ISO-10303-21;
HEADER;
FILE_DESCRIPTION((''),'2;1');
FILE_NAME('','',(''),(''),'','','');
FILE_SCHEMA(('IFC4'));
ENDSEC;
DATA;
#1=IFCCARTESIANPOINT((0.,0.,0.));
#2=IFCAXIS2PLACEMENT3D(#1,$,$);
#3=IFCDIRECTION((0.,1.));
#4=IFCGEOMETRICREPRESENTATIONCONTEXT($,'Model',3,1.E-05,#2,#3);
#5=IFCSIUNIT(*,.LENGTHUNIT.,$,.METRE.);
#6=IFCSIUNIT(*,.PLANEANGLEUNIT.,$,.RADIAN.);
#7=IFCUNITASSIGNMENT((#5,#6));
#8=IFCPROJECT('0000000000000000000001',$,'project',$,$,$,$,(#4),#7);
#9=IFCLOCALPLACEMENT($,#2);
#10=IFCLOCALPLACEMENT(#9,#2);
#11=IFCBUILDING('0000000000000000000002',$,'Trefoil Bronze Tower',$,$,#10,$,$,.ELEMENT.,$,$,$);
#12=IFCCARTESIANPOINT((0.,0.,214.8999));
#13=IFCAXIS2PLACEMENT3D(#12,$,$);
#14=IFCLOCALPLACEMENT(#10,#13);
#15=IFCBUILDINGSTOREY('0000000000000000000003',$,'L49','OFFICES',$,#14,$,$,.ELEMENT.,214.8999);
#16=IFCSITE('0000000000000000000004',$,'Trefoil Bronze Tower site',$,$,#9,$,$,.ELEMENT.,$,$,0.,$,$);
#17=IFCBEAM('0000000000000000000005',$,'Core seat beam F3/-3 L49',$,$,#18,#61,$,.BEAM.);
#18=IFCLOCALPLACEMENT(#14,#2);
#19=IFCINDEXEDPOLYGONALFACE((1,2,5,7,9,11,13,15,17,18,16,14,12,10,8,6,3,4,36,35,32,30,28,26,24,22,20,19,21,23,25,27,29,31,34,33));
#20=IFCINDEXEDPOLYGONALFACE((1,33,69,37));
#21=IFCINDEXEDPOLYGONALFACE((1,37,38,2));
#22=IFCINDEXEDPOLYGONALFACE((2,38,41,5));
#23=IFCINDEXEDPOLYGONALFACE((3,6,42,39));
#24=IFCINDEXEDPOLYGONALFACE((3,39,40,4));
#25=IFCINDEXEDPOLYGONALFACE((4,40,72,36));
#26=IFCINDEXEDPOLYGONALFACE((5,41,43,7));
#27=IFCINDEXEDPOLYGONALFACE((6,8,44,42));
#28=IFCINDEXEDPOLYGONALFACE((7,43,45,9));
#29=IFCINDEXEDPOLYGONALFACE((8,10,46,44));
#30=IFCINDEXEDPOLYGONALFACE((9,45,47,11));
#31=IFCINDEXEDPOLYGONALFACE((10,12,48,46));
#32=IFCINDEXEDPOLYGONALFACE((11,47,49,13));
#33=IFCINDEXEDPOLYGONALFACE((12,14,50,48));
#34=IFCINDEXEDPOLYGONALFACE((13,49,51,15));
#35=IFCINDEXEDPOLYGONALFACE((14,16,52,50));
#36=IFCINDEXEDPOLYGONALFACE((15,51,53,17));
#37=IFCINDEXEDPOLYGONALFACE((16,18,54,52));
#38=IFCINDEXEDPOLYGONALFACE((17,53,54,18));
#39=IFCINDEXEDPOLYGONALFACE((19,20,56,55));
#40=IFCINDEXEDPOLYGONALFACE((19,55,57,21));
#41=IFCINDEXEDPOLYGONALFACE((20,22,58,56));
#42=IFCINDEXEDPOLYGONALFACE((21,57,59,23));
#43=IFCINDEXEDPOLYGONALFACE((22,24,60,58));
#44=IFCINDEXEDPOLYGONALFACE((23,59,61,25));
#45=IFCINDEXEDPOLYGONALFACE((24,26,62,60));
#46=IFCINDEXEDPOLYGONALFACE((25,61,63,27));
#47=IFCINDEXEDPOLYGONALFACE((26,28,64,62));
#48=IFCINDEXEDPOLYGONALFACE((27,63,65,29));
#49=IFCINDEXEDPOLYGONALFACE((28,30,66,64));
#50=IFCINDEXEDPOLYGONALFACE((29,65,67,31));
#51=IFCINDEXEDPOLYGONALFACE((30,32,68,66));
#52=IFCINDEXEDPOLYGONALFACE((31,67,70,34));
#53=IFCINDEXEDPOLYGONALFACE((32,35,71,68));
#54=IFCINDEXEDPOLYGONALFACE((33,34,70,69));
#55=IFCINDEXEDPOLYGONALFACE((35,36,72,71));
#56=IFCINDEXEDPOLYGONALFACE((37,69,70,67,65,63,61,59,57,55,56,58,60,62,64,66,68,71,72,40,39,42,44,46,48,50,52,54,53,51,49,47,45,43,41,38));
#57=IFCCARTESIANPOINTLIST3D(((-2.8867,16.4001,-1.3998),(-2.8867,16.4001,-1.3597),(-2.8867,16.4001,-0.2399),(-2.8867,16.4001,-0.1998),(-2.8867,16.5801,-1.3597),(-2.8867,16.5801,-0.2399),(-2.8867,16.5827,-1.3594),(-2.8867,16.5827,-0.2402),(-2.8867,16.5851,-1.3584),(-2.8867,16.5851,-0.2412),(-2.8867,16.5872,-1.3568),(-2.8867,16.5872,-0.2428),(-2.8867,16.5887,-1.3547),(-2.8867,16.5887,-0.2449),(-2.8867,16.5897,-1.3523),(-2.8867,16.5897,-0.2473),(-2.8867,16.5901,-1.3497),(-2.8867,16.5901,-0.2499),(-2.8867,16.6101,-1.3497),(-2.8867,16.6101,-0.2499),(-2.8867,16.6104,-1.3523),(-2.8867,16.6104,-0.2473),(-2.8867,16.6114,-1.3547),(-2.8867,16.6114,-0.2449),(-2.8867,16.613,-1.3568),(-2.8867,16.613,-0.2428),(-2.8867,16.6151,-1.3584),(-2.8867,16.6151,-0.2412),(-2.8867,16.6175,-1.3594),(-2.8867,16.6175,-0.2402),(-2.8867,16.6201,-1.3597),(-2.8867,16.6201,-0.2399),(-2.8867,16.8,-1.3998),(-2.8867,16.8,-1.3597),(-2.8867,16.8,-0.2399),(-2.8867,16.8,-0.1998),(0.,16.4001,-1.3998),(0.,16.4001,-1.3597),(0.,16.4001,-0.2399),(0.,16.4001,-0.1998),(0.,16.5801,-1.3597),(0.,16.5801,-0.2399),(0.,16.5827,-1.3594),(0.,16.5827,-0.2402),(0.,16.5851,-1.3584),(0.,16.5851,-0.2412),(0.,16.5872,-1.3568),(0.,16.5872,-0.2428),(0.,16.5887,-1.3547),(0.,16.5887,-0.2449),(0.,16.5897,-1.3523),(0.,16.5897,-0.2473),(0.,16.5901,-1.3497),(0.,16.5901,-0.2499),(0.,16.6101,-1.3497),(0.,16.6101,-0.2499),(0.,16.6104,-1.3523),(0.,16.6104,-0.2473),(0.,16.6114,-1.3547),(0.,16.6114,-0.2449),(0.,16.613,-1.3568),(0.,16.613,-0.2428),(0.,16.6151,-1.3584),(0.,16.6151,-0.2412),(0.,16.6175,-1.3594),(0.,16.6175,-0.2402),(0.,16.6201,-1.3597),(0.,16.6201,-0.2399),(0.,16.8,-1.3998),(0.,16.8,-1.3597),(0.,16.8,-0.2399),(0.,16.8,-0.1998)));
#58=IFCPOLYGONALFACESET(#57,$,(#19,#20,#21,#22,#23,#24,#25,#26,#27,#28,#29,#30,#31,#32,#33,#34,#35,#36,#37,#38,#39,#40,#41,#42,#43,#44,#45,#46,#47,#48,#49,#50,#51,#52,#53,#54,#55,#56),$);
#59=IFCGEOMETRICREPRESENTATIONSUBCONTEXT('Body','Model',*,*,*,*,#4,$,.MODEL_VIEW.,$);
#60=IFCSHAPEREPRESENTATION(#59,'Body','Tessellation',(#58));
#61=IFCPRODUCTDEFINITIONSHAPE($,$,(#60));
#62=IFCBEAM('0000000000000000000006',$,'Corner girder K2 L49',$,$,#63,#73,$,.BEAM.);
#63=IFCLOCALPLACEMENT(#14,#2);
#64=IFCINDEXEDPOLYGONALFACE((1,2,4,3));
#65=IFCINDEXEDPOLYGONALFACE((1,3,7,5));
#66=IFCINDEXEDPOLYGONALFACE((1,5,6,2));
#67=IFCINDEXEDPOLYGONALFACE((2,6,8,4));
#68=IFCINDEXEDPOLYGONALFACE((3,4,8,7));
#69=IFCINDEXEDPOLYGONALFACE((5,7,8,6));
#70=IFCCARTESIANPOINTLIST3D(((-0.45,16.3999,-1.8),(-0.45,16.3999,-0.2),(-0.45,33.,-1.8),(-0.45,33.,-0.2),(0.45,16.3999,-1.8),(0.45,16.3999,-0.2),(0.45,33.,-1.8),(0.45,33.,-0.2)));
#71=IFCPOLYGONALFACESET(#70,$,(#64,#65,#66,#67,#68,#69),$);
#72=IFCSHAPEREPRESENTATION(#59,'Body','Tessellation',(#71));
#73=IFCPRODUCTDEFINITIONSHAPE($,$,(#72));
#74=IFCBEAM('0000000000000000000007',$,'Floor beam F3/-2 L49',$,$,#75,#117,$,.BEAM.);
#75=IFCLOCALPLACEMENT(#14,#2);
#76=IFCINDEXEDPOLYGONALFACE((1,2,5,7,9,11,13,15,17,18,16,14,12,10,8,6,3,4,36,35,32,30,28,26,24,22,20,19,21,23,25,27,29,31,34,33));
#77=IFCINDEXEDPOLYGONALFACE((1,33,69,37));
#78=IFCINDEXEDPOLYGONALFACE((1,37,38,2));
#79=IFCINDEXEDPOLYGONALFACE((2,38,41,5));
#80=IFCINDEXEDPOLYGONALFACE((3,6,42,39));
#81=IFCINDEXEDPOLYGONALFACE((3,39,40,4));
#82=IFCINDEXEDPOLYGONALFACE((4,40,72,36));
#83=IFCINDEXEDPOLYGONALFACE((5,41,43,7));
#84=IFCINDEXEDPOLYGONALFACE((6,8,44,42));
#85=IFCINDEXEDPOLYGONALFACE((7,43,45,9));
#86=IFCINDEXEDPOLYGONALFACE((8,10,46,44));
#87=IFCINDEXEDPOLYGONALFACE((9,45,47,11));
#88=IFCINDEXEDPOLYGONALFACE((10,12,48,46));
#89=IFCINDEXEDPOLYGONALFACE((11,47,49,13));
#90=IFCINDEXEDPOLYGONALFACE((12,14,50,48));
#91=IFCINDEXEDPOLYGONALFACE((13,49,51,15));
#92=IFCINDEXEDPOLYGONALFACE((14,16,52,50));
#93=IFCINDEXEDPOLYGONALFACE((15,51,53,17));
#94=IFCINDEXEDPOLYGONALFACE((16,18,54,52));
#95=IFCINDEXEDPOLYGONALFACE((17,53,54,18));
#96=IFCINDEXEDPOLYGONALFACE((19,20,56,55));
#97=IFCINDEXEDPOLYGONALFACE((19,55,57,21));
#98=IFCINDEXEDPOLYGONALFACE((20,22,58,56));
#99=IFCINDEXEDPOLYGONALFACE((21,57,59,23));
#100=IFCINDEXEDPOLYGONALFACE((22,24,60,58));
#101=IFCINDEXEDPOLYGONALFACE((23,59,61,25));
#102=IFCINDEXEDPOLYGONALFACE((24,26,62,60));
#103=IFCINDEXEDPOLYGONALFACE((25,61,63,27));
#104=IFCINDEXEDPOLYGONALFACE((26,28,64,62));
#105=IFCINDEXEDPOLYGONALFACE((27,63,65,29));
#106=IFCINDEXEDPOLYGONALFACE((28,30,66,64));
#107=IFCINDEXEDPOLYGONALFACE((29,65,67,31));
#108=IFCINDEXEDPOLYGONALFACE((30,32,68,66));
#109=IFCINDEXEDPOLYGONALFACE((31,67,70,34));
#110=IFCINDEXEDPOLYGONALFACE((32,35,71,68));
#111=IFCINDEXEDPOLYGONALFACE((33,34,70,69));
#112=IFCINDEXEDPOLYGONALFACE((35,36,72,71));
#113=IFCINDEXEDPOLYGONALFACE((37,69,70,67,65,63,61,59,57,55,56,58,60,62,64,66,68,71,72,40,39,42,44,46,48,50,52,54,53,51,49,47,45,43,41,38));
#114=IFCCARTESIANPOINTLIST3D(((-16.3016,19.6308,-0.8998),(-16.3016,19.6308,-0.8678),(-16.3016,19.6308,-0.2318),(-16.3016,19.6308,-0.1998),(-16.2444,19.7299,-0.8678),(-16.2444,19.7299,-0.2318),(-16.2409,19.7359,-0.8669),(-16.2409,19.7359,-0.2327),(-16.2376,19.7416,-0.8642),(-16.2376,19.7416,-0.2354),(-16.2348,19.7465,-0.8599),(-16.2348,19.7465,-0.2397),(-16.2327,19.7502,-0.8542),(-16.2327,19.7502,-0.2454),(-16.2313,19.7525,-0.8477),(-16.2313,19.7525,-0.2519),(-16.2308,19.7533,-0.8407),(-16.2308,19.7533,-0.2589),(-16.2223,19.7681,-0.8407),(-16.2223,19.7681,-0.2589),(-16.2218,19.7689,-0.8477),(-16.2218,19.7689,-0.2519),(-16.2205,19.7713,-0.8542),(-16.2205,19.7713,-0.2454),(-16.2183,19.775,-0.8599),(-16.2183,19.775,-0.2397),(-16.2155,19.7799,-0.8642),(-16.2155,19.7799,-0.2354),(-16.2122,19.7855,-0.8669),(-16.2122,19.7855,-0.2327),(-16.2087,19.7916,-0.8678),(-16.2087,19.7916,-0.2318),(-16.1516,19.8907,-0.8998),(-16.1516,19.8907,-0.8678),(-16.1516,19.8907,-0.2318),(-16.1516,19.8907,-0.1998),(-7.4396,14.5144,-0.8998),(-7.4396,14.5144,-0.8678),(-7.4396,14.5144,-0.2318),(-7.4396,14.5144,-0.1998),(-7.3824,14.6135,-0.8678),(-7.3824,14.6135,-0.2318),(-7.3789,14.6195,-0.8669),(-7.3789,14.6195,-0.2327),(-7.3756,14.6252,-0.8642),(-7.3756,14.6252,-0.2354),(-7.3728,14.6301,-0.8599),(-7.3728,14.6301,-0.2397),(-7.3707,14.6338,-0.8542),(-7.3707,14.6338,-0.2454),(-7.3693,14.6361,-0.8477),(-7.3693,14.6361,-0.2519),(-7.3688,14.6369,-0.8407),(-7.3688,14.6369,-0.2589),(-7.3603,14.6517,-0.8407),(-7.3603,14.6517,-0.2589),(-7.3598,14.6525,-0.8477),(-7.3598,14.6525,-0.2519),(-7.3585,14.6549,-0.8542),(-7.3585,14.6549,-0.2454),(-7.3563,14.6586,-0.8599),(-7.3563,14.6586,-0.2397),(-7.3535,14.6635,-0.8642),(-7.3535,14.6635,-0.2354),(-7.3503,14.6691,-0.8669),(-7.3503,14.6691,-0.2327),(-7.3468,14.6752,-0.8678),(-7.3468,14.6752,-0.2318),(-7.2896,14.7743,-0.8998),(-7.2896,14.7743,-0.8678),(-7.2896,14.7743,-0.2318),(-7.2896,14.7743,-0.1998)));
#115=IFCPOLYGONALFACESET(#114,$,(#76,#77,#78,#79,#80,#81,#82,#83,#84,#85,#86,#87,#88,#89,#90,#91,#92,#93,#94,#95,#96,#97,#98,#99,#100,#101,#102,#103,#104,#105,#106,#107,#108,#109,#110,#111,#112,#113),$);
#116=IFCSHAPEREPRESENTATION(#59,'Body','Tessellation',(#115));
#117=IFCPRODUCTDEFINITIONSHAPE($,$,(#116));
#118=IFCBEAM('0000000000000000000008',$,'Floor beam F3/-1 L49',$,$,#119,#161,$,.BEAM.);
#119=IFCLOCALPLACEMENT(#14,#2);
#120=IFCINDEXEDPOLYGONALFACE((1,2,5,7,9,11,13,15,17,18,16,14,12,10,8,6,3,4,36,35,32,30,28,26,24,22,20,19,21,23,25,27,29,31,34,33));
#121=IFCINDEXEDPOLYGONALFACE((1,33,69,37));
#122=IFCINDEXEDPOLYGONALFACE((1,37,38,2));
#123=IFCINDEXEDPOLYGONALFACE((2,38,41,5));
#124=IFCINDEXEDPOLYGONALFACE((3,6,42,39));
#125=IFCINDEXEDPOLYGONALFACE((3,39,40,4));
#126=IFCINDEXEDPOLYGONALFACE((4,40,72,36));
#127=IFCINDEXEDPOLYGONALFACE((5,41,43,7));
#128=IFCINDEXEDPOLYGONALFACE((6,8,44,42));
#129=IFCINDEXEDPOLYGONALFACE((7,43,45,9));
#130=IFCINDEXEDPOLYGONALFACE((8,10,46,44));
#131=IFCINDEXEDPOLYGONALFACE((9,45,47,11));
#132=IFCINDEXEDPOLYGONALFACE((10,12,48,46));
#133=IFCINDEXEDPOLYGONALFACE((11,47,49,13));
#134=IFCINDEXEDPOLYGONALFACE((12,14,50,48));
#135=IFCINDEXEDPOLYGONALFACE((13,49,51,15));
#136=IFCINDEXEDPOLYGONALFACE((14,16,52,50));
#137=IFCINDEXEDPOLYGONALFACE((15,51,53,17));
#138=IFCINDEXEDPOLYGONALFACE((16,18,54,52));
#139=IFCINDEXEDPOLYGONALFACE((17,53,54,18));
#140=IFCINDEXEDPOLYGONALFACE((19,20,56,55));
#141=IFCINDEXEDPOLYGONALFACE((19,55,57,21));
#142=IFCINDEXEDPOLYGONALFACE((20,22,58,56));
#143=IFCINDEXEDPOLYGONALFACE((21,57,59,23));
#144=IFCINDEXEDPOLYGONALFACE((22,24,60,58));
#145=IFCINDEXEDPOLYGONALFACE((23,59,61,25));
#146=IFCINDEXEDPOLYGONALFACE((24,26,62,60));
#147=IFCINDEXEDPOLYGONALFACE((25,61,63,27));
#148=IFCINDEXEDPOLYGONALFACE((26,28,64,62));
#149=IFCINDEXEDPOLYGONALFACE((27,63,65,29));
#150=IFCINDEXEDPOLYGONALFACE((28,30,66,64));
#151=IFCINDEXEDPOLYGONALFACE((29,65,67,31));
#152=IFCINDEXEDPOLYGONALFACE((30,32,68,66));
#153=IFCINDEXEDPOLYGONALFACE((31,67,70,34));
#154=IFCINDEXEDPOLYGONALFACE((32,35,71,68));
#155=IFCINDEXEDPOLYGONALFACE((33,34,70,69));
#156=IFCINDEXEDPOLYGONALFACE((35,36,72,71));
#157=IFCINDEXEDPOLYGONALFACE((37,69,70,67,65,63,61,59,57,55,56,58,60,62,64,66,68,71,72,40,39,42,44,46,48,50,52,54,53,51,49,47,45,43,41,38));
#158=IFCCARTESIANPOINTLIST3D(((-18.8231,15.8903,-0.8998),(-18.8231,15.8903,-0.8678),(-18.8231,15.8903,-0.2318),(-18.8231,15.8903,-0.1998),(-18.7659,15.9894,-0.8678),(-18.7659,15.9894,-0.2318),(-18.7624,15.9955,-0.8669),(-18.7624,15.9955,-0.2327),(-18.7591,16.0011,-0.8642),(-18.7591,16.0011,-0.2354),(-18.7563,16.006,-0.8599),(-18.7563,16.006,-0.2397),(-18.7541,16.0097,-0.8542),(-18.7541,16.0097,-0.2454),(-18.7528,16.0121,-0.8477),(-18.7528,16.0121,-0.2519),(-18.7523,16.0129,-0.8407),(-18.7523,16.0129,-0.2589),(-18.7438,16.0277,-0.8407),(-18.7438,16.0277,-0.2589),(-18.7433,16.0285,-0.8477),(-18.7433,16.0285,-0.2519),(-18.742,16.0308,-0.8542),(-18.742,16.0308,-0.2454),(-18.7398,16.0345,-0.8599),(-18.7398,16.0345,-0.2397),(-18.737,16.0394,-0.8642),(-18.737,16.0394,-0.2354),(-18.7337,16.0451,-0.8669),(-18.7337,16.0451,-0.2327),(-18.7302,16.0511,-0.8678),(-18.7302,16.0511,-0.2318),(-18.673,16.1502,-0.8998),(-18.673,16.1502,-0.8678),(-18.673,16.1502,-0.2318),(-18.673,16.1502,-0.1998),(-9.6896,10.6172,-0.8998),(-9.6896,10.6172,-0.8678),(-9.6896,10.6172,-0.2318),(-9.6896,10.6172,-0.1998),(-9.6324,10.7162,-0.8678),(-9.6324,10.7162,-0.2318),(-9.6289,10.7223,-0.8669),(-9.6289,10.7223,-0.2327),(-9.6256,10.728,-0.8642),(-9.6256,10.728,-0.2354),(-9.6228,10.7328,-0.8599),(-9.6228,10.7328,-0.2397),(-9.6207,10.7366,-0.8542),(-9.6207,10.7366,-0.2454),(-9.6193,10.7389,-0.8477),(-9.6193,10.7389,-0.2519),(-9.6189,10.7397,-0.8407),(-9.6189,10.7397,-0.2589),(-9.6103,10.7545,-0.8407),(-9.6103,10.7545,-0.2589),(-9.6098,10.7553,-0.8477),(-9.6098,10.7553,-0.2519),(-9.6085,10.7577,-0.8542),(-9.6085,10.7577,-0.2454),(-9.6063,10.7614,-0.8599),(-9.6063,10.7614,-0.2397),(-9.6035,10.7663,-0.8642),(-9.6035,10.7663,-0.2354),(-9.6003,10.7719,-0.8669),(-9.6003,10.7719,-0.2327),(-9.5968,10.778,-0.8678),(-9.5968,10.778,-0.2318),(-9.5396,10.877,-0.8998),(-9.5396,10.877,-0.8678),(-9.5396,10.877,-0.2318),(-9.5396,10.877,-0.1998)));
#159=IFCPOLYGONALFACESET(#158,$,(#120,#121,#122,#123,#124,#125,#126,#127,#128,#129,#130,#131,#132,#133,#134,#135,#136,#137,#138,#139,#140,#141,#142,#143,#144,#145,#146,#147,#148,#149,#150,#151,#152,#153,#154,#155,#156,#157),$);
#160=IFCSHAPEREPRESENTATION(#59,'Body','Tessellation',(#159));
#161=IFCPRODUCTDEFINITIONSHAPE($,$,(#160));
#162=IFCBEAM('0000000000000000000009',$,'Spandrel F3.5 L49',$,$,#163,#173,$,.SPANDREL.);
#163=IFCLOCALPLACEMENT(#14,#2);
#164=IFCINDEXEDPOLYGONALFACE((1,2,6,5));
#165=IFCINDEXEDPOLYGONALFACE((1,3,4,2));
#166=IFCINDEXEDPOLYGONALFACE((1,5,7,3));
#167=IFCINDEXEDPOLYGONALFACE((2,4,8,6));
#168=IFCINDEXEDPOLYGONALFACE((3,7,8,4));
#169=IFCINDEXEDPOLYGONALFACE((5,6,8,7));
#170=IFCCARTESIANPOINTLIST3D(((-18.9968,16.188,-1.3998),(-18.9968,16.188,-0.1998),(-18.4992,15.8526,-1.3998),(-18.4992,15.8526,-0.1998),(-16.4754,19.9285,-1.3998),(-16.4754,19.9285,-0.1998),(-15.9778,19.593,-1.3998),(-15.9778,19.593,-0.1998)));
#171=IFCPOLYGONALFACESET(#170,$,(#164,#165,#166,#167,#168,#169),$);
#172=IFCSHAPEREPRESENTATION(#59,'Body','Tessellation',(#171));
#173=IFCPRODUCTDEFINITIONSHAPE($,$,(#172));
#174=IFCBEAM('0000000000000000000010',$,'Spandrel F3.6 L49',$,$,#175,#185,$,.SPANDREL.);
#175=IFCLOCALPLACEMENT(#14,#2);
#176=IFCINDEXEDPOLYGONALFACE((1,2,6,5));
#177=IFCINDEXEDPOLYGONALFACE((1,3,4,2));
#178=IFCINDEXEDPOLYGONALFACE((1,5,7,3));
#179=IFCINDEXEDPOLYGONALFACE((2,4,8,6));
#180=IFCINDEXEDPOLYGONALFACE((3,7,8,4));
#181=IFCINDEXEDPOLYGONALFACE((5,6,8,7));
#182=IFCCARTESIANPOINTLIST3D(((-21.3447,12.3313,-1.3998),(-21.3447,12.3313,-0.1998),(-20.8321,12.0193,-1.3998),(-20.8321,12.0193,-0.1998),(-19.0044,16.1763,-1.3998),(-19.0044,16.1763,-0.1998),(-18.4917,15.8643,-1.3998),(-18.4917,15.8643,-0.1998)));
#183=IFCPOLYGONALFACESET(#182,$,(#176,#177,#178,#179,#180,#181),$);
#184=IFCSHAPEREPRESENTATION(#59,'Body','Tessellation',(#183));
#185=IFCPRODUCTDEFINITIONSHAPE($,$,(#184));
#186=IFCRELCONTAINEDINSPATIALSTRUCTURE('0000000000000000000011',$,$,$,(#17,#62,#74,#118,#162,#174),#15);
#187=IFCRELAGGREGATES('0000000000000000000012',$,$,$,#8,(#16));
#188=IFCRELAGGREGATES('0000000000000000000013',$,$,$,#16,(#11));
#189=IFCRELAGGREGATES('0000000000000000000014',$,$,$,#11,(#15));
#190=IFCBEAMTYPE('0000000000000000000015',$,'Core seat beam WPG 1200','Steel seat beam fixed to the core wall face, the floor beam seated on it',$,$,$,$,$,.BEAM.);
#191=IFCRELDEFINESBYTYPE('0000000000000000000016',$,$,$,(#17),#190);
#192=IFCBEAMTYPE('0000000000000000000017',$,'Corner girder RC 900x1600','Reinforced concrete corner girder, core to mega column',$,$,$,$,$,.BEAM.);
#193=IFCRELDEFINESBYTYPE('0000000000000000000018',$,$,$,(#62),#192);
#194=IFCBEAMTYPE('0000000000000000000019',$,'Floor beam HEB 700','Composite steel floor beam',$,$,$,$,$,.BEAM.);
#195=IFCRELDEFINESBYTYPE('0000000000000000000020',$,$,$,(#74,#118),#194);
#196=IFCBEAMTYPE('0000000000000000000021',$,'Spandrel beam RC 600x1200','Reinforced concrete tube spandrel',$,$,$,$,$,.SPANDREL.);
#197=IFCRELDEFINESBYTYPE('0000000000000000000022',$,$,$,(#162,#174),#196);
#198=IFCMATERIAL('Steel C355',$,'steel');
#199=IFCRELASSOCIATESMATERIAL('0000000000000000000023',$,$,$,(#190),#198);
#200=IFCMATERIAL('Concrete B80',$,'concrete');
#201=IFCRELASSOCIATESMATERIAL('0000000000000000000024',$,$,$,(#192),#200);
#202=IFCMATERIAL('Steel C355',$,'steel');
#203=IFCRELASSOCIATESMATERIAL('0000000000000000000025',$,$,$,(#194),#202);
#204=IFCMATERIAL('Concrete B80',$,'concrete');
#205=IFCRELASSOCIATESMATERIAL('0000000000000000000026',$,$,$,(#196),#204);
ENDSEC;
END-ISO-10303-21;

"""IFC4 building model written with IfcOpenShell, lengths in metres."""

from ifc_helpers import new_model, si_unit, direction, frame, origin, origin_2d, place, context, subcontext, project, spatial, rectangle, i_section, extrude, material, material_profile, profile_set, type_object, element, save


model = new_model("IFC4")

# Units and contexts
model_context = context("Model", 3, precision=1e-05, world=origin(), true_north=direction((0.0, 1.0)))
body_context = subcontext(model_context, "Body", "Model", "MODEL_VIEW")
ifc_project = project(units=[si_unit("LENGTHUNIT", "METRE"), si_unit("PLANEANGLEUNIT", "RADIAN")], contexts=[model_context])

# Site, building, storey
site_placement = place(None, origin())
site = spatial("IfcSite", under=ifc_project, at=site_placement, Name="Trefoil Bronze Tower site", CompositionType="ELEMENT", RefElevation=0.0)
building_placement = place(site_placement, origin())
building = spatial("IfcBuilding", under=site, at=building_placement, Name="Trefoil Bronze Tower", CompositionType="ELEMENT")
storey_placement = place(building_placement, frame((0.0, 0.0, 214.8999)))
storey = spatial("IfcBuildingStorey", under=building, at=storey_placement, Name="L49", Description="OFFICES", CompositionType="ELEMENT", Elevation=214.8999)

# Beams
ifc_material_1 = material(Name="Steel C355", Category="steel")
ifc_material_profile_1 = material_profile(ifc_material_1, i_section(OverallWidth=0.3999, OverallDepth=1.2, WebThickness=0.02, FlangeThickness=0.04, FilletRadius=0.01, at=origin_2d()), Name="WPG 1200")
ifc_profile_set_1 = profile_set([ifc_material_profile_1], Name="Steel C355")
beam_type_1 = type_object("IfcBeamType", Name="Core seat beam WPG 1200", Description="Steel seat beam fixed to the core wall face, the floor beam seated on it", PredefinedType="BEAM", material=ifc_profile_set_1)
beam_1_placement = place(storey_placement, frame((0.0, 16.6001, -0.7998), z_axis=(-1.0, 0.0, 0.0), x_axis=(0.0, -1.0, 0.0)))
element("IfcBeam", 1, at=beam_1_placement, inside=storey, type_object=beam_type_1, Name="Core seat beam F3/-3 L49", PredefinedType="BEAM", context=body_context, shape_type="SweptSolid", body=[
    extrude(i_section(OverallWidth=0.3999, OverallDepth=1.2, WebThickness=0.02, FlangeThickness=0.04, FilletRadius=0.01, at=origin_2d()), origin(), (0.0, 0.0, 1.0), 2.8867),
])
ifc_material_2 = material(Name="Concrete B80", Category="concrete")
ifc_material_profile_2 = material_profile(ifc_material_2, rectangle(XDim=0.8999, YDim=1.6001, at=origin_2d()), Name="RC 900x1600")
ifc_profile_set_2 = profile_set([ifc_material_profile_2], Name="Concrete B80")
beam_type_2 = type_object("IfcBeamType", Name="Corner girder RC 900x1600", Description="Reinforced concrete corner girder, core to mega column", PredefinedType="BEAM", material=ifc_profile_set_2)
beam_2_placement = place(storey_placement, frame((0.0, 16.3999, -1.0), z_axis=(0.0, 1.0, 0.0), x_axis=(-1.0, 0.0, 0.0)))
element("IfcBeam", 2, at=beam_2_placement, inside=storey, type_object=beam_type_2, Name="Corner girder K2 L49", PredefinedType="BEAM", context=body_context, shape_type="SweptSolid", body=[
    extrude(rectangle(XDim=0.8999, YDim=1.6001, at=origin_2d()), origin(), (0.0, 0.0, 1.0), 16.6001),
])
ifc_material_3 = material(Name="Steel C355", Category="steel")
ifc_material_profile_3 = material_profile(ifc_material_3, i_section(OverallWidth=0.3, OverallDepth=0.7, WebThickness=0.0171, FlangeThickness=0.032, FilletRadius=0.0271, at=origin_2d()), Name="HEB 700")
ifc_profile_set_3 = profile_set([ifc_material_profile_3], Name="Steel C355")
beam_type_3 = type_object("IfcBeamType", Name="Floor beam HEB 700", Description="Composite steel floor beam", PredefinedType="BEAM", material=ifc_profile_set_3)
beam_3_placement = place(storey_placement, frame((-16.2266, 19.7607, -0.5498), z_axis=(0.866028, -0.499996, 0.0), x_axis=(0.499996, 0.866028, 0.0)))
element("IfcBeam", 3, at=beam_3_placement, inside=storey, type_object=beam_type_3, Name="Floor beam F3/-2 L49", PredefinedType="BEAM", context=body_context, shape_type="SweptSolid", body=[
    extrude(i_section(OverallWidth=0.3, OverallDepth=0.7, WebThickness=0.0171, FlangeThickness=0.032, FilletRadius=0.0271, at=origin_2d()), origin(), (0.0, 0.0, 1.0), 10.2329),
])
beam_4_placement = place(storey_placement, frame((-18.748, 16.0203, -0.5498), z_axis=(0.866028, -0.499996, 0.0), x_axis=(0.499996, 0.866028, 0.0)))
element("IfcBeam", 4, at=beam_4_placement, inside=storey, type_object=beam_type_3, Name="Floor beam F3/-1 L49", PredefinedType="BEAM", context=body_context, shape_type="SweptSolid", body=[
    extrude(i_section(OverallWidth=0.3, OverallDepth=0.7, WebThickness=0.0171, FlangeThickness=0.032, FilletRadius=0.0271, at=origin_2d()), origin(), (0.0, 0.0, 1.0), 10.5464),
])
ifc_material_4 = material(Name="Concrete B80", Category="concrete")
ifc_material_profile_4 = material_profile(ifc_material_4, rectangle(XDim=0.6001, YDim=1.2, at=origin_2d()), Name="RC 600x1200")
ifc_profile_set_4 = profile_set([ifc_material_profile_4], Name="Concrete B80")
beam_type_4 = type_object("IfcBeamType", Name="Spandrel beam RC 600x1200", Description="Reinforced concrete tube spandrel", PredefinedType="SPANDREL", material=ifc_profile_set_4)
beam_5_placement = place(storey_placement, frame((-16.2266, 19.7607, -0.7998), z_axis=(-0.558964, -0.829192, 0.0), x_axis=(0.829192, -0.558964, 0.0)))
element("IfcBeam", 5, at=beam_5_placement, inside=storey, type_object=beam_type_4, Name="Spandrel F3.5 L49", PredefinedType="SPANDREL", context=body_context, shape_type="SweptSolid", body=[
    extrude(rectangle(XDim=0.6001, YDim=1.2, at=origin_2d()), origin(), (0.0, 0.0, 1.0), 4.511),
])
for number, where, z_axis, x_axis, name in (
    (6, (-18.748, 16.0203, -0.7998), (-0.519933, -0.854207, 0.0), (0.854207, -0.519933, 0.0), "Spandrel F3.6 L49"),
):
    element("IfcBeam", number, at=place(storey_placement, frame(where, z_axis=z_axis, x_axis=x_axis)), inside=storey, type_object=beam_type_4, Name=name, PredefinedType="SPANDREL", context=body_context, shape_type="SweptSolid", body=[
        extrude(rectangle(XDim=0.6001, YDim=1.2, at=origin_2d()), origin(), (0.0, 0.0, 1.0), 4.5012),
    ])

save(model, "model.ifc")
